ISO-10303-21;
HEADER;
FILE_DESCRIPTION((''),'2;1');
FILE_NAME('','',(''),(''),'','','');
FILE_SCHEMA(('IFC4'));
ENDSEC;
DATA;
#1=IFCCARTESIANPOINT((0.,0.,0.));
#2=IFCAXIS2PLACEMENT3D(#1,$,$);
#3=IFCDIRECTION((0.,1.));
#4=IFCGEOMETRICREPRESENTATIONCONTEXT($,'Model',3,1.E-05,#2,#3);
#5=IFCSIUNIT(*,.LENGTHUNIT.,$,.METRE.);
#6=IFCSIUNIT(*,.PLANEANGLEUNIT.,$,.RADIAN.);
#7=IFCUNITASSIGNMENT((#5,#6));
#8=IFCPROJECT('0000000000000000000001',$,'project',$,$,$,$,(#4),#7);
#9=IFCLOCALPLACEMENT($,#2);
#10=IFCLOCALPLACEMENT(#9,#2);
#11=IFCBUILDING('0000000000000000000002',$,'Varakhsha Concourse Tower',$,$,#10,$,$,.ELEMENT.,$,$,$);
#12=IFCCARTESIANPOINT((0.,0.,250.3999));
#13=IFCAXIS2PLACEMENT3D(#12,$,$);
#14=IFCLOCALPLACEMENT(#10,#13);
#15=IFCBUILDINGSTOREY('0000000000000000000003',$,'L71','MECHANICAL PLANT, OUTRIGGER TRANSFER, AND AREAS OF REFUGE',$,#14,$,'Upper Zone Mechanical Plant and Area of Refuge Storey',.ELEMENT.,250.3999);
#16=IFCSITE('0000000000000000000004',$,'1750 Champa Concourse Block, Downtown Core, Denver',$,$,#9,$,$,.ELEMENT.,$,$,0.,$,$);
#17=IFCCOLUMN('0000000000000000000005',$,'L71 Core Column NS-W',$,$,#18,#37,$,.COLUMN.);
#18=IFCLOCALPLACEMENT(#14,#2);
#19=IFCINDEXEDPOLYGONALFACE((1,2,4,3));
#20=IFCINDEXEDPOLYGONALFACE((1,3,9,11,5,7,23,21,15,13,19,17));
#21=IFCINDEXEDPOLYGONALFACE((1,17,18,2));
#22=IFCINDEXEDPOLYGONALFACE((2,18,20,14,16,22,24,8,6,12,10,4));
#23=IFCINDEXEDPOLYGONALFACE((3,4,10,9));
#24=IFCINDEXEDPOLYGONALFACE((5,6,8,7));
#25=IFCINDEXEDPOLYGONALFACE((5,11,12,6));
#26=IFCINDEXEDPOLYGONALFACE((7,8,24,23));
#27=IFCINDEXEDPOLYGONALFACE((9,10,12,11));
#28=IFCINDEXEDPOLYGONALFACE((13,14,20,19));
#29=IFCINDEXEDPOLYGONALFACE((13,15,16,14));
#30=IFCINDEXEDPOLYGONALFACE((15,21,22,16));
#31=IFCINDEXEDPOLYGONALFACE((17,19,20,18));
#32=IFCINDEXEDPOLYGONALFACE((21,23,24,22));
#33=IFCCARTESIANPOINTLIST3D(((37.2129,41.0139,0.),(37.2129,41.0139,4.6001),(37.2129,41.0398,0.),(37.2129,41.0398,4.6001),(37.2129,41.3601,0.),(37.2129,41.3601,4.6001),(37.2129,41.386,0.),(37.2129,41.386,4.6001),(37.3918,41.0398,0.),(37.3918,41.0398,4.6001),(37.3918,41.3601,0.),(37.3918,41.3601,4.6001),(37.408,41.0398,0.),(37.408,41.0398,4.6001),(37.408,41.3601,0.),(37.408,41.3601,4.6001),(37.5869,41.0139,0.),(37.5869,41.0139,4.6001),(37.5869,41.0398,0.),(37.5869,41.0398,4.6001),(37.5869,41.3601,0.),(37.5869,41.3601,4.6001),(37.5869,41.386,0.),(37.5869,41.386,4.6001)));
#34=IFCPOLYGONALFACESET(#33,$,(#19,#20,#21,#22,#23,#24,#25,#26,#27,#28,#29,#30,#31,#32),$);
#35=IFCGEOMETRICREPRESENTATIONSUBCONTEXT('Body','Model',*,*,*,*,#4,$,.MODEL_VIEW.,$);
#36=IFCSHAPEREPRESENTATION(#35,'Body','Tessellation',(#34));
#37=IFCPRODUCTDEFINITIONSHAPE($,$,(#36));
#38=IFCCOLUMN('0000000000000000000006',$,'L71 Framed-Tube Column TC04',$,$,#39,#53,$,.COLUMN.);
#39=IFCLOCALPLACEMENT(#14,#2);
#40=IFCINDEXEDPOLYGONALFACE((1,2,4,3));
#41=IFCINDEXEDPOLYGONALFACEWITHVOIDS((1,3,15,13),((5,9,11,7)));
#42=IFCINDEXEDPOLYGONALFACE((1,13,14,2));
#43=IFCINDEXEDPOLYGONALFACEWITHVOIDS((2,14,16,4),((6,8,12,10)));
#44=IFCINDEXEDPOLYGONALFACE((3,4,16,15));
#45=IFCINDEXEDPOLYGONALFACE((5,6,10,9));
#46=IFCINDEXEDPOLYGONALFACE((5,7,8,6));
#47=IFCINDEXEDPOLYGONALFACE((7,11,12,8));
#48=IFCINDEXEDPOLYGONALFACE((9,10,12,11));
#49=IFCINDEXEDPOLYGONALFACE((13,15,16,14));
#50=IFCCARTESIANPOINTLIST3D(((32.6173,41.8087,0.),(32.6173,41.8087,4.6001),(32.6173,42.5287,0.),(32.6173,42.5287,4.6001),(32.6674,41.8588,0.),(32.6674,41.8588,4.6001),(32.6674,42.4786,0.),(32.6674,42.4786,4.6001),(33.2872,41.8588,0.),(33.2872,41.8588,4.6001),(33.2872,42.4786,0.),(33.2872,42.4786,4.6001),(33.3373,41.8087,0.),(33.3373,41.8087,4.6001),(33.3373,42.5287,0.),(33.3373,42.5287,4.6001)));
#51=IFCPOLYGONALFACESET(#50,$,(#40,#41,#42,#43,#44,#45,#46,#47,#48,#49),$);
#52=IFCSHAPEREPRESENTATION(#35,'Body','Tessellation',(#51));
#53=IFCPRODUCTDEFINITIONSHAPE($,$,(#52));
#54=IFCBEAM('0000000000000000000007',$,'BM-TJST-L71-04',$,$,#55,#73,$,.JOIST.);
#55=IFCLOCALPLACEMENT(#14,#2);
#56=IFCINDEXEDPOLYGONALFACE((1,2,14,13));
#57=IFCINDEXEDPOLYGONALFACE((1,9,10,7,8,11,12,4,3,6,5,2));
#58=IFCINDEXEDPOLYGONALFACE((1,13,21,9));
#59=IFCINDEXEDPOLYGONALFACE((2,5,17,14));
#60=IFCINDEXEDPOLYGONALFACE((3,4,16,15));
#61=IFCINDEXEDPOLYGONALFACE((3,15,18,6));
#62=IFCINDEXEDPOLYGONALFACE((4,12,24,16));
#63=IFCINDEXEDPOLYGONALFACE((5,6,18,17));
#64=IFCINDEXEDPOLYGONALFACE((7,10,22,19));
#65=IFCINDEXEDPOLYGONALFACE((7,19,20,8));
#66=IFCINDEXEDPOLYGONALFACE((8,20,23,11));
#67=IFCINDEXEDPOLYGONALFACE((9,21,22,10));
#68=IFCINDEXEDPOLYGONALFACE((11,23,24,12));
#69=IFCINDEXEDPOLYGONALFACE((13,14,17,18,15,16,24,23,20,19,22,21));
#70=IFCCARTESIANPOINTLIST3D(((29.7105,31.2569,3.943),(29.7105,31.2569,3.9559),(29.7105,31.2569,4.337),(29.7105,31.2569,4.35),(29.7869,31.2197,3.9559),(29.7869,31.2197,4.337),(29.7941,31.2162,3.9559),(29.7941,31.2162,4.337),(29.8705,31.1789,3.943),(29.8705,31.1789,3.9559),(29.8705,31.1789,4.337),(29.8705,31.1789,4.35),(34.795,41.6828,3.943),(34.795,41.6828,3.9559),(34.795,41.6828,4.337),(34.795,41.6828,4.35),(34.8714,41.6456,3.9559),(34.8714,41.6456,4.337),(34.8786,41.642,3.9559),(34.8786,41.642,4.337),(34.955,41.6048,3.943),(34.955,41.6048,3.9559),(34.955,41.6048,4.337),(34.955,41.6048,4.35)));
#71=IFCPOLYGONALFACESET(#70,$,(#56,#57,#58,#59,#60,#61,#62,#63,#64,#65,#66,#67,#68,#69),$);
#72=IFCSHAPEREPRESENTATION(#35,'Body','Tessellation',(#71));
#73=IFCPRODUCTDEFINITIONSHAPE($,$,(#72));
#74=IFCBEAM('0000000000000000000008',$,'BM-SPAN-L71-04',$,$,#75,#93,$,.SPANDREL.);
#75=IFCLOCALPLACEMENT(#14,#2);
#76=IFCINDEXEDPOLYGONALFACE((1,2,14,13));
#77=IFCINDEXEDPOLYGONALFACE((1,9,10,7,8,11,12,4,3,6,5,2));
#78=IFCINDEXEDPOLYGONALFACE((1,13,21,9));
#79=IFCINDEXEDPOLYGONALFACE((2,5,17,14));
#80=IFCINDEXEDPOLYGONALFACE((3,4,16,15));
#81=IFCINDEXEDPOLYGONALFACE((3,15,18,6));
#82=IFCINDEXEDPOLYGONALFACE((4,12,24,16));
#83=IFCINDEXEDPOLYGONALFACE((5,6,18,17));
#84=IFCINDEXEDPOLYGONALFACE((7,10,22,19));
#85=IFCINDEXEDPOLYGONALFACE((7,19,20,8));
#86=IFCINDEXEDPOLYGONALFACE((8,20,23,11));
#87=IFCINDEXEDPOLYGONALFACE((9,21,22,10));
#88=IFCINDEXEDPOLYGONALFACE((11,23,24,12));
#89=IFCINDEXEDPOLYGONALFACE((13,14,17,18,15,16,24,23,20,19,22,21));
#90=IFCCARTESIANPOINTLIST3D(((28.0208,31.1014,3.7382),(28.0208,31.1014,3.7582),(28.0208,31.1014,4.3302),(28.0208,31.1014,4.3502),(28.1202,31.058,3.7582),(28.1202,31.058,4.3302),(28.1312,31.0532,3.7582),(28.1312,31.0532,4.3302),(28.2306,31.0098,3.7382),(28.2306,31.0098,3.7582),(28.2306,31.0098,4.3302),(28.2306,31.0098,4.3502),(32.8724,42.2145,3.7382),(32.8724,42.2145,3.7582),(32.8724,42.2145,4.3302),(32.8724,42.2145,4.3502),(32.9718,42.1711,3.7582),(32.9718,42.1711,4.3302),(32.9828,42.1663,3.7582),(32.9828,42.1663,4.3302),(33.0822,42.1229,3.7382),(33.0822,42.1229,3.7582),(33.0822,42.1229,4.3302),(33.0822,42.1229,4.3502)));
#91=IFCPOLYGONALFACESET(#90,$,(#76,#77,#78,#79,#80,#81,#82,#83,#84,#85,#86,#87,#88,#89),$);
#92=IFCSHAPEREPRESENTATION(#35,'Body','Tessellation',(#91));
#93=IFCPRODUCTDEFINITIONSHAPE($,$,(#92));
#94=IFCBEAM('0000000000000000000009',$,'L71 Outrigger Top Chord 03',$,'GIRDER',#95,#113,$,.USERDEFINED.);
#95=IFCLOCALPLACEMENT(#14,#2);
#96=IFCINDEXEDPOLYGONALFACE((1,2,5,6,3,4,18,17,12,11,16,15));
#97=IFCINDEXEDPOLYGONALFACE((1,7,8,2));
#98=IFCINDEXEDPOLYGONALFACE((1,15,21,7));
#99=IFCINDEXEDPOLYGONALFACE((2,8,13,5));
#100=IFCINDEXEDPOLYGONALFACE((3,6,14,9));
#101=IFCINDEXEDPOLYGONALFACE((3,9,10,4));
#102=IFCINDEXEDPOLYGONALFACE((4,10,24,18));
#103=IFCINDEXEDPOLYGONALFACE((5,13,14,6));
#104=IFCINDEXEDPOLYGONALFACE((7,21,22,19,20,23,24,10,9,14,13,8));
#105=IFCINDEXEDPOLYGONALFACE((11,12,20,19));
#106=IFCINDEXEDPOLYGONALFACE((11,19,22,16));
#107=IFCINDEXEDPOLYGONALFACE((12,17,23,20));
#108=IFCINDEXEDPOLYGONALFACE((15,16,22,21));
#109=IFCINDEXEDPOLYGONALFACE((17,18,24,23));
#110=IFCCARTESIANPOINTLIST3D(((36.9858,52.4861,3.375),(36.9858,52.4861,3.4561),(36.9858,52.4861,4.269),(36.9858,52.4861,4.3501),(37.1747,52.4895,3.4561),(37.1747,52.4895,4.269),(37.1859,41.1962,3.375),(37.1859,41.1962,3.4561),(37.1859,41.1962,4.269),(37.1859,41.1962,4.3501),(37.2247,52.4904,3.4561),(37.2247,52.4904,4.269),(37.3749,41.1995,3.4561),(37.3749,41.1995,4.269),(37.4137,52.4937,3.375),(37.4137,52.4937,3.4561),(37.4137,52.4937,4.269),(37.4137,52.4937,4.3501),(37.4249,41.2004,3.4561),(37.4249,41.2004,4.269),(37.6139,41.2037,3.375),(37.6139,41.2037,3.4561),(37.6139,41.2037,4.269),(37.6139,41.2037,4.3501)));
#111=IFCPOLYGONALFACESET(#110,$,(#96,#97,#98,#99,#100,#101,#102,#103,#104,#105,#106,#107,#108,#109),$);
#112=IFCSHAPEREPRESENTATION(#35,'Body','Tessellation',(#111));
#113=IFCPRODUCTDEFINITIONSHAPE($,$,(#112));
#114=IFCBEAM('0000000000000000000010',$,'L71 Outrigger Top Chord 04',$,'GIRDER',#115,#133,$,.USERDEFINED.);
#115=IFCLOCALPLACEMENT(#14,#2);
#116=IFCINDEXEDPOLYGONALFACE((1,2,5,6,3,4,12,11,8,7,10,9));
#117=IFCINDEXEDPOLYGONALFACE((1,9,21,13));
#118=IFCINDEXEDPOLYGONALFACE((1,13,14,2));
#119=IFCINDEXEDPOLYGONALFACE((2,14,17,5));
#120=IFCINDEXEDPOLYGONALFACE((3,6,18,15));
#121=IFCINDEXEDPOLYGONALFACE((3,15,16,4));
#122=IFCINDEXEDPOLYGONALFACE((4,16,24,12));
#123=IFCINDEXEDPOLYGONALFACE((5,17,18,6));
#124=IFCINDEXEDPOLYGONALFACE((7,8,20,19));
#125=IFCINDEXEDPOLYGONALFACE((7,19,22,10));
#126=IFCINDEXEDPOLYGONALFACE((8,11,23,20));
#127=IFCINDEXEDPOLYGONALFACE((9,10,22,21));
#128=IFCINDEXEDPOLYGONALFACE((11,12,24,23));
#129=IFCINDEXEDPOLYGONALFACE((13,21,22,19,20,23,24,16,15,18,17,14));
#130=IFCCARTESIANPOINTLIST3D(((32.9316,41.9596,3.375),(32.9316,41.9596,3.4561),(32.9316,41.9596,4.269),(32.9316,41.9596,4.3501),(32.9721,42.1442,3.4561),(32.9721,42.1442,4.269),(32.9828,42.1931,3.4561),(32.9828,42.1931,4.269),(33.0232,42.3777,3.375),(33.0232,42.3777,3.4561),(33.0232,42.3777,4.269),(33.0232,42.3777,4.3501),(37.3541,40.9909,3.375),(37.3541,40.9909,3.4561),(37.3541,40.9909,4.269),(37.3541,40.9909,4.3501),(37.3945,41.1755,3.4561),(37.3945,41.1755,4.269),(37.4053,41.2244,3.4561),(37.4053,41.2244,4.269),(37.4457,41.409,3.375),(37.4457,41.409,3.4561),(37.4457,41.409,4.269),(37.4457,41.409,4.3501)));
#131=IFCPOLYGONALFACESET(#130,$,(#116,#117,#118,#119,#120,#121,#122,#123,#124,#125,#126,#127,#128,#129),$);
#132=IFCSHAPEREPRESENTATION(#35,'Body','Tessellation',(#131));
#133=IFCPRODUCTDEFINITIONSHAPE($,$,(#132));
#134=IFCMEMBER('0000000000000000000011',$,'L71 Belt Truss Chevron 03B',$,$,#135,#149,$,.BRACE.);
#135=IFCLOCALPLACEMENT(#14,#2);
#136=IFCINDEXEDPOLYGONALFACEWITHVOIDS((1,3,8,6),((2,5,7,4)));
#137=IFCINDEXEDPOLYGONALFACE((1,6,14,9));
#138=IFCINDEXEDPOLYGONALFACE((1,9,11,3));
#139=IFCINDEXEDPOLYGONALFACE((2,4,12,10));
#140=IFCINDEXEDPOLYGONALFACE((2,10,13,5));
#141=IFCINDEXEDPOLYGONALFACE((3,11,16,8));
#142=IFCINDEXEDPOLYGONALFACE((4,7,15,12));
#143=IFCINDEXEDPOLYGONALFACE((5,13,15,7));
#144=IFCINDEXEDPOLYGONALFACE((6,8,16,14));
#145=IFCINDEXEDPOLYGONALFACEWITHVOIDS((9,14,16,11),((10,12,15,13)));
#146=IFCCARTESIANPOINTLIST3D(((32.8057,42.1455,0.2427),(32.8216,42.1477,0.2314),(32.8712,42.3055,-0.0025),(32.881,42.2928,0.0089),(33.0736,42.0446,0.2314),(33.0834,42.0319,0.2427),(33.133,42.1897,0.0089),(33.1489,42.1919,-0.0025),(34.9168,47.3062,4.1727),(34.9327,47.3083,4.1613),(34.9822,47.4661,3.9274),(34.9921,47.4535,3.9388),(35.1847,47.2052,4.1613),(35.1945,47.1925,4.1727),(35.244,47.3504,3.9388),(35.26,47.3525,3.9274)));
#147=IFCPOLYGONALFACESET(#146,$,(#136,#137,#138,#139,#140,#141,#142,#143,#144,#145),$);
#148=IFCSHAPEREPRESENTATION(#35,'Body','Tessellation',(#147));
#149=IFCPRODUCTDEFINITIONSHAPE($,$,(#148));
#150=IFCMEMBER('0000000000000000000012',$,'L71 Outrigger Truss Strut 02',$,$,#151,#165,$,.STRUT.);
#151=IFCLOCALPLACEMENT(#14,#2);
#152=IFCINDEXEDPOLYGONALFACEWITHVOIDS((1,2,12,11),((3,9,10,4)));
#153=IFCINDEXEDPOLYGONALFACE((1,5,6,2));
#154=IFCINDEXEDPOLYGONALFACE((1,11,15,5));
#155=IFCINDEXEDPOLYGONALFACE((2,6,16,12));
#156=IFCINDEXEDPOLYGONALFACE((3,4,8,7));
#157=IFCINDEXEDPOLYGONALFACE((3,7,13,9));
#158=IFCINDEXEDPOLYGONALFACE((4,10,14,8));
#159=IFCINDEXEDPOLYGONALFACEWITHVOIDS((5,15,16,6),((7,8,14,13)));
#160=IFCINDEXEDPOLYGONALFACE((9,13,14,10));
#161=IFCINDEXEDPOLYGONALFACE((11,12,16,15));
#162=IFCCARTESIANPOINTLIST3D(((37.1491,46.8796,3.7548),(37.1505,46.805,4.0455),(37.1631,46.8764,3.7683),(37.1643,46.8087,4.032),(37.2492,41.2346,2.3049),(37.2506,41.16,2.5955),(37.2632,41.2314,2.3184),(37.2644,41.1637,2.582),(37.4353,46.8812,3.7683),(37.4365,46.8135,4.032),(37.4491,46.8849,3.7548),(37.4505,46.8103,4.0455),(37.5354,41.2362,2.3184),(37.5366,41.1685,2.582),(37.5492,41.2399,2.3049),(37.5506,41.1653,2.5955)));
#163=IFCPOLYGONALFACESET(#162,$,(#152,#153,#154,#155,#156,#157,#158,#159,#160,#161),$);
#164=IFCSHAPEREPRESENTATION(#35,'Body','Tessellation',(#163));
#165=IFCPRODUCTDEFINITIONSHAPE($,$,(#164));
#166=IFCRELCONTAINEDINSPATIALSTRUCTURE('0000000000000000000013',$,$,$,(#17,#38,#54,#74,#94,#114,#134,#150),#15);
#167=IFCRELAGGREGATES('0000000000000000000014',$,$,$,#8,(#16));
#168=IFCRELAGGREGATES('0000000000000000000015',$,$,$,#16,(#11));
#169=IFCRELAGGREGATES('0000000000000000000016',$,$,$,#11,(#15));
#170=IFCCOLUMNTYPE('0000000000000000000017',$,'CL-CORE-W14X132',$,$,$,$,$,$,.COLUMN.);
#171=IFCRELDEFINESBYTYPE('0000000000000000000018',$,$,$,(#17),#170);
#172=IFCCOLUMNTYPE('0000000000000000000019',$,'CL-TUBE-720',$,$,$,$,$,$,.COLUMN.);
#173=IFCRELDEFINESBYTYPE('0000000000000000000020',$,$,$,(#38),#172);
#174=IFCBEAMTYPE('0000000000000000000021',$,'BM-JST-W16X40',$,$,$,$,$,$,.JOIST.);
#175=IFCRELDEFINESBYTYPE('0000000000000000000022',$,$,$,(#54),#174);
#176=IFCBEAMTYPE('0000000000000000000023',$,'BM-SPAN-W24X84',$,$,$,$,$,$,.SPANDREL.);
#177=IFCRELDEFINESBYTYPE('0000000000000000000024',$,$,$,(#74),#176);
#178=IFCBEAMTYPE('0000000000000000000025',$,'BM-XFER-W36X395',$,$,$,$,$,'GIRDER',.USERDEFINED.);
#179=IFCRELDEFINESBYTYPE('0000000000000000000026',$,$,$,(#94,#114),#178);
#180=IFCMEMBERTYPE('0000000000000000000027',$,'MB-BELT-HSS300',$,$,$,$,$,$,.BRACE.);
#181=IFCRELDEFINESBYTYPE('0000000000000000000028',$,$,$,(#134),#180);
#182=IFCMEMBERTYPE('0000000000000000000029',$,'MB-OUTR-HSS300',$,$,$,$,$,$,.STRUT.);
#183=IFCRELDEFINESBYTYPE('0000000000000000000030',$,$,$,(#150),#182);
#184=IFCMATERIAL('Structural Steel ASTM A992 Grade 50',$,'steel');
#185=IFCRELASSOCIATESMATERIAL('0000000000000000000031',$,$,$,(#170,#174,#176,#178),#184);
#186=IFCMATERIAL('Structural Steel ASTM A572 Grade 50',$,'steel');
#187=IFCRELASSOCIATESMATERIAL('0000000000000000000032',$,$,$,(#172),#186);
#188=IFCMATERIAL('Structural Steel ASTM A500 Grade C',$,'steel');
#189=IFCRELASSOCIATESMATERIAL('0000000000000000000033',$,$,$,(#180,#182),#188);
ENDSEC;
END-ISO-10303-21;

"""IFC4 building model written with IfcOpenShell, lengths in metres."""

from ifc_helpers import new_model, si_unit, direction, frame, origin, origin_2d, place, context, subcontext, project, spatial, hollow_rectangle, i_section, extrude, source, transform, mapped, material, material_profile, profile_set, type_object, type_shapes, element, save


model = new_model("IFC4")

# Units and contexts
model_context = context("Model", 3, precision=1e-05, world=origin(), true_north=direction((0.0, 1.0)))
body_context = subcontext(model_context, "Body", "Model", "MODEL_VIEW")
ifc_project = project(units=[si_unit("LENGTHUNIT", "METRE"), si_unit("PLANEANGLEUNIT", "RADIAN")], contexts=[model_context])

# Site, building, storey
site_placement = place(None, origin())
site = spatial("IfcSite", under=ifc_project, at=site_placement, Name="1750 Champa Concourse Block, Downtown Core, Denver", CompositionType="ELEMENT", RefElevation=0.0)
building_placement = place(site_placement, origin())
building = spatial("IfcBuilding", under=site, at=building_placement, Name="Varakhsha Concourse Tower", CompositionType="ELEMENT")
storey_placement = place(building_placement, frame((0.0, 0.0, 250.3999)))
storey = spatial("IfcBuildingStorey", under=building, at=storey_placement, Name="L71", Description="MECHANICAL PLANT, OUTRIGGER TRANSFER, AND AREAS OF REFUGE", LongName="Upper Zone Mechanical Plant and Area of Refuge Storey", CompositionType="ELEMENT", Elevation=250.3999)

# Columns
ifc_material_1 = material(Name="Structural Steel ASTM A992 Grade 50", Category="steel")
ifc_material_profile_1 = material_profile(ifc_material_1, i_section(OverallWidth=0.374, OverallDepth=0.3721, WebThickness=0.0161, FlangeThickness=0.0259, at=origin_2d()), Name="W14X132")
ifc_profile_set_1 = profile_set([ifc_material_profile_1], Name="Structural Steel ASTM A992 Grade 50")
column_type_1 = type_object("IfcColumnType", Name="CL-CORE-W14X132", PredefinedType="COLUMN", material=ifc_profile_set_1)
column_1_placement = place(storey_placement, frame((37.3999, 41.2, 0.0), z_axis=(0.0, 0.0, 1.0), x_axis=(1.0, 0.0, 0.0)))
element("IfcColumn", 1, at=column_1_placement, inside=storey, type_object=column_type_1, Name="L71 Core Column NS-W", PredefinedType="COLUMN", context=body_context, shape_type="SweptSolid", body=[
    extrude(i_section(OverallWidth=0.374, OverallDepth=0.3721, WebThickness=0.0161, FlangeThickness=0.0259, at=origin_2d()), origin(), (0.0, 0.0, 1.0), 4.6001),
])
ifc_material_2 = material(Name="Structural Steel ASTM A572 Grade 50", Category="steel")
ifc_material_profile_2 = material_profile(ifc_material_2, hollow_rectangle(XDim=0.72, YDim=0.72, WallThickness=0.05, at=origin_2d()), Name="BOX 720x720x50")
ifc_profile_set_2 = profile_set([ifc_material_profile_2], Name="Structural Steel ASTM A572 Grade 50")
column_type_2 = type_object("IfcColumnType", Name="CL-TUBE-720", PredefinedType="COLUMN", material=ifc_profile_set_2)
column_2_placement = place(storey_placement, frame((32.9773, 42.1687, 0.0), z_axis=(0.0, 0.0, 1.0), x_axis=(1.0, 0.0, 0.0)))
element("IfcColumn", 2, at=column_2_placement, inside=storey, type_object=column_type_2, Name="L71 Framed-Tube Column TC04", PredefinedType="COLUMN", context=body_context, shape_type="SweptSolid", body=[
    extrude(hollow_rectangle(XDim=0.72, YDim=0.72, WallThickness=0.05, at=origin_2d()), origin(), (0.0, 0.0, 1.0), 4.6001),
])

# Beams
ifc_material_profile_3 = material_profile(ifc_material_1, i_section(OverallWidth=0.178, OverallDepth=0.407, WebThickness=0.0081, FlangeThickness=0.0129, at=origin_2d()), Name="W16X40")
ifc_profile_set_3 = profile_set([ifc_material_profile_3], Name="Structural Steel ASTM A992 Grade 50")
beam_type_1 = type_object("IfcBeamType", Name="BM-JST-W16X40", PredefinedType="JOIST", material=ifc_profile_set_3)
beam_1_placement = place(storey_placement, frame((34.875, 41.6438, 4.1465), z_axis=(-0.438335, -0.898812, 0.0), x_axis=(0.898812, -0.438335, 0.0)))
element("IfcBeam", 3, at=beam_1_placement, inside=storey, type_object=beam_type_1, Name="BM-TJST-L71-04", PredefinedType="JOIST", context=body_context, shape_type="SweptSolid", body=[
    extrude(i_section(OverallWidth=0.178, OverallDepth=0.407, WebThickness=0.0081, FlangeThickness=0.0129, at=origin_2d()), origin(), (0.0, 0.0, 1.0), 11.5996),
])
ifc_material_profile_4 = material_profile(ifc_material_1, i_section(OverallWidth=0.229, OverallDepth=0.6121, WebThickness=0.012, FlangeThickness=0.02, at=origin_2d()), Name="W24X84")
ifc_profile_set_4 = profile_set([ifc_material_profile_4], Name="Structural Steel ASTM A992 Grade 50")
beam_type_2 = type_object("IfcBeamType", Name="BM-SPAN-W24X84", PredefinedType="SPANDREL", material=ifc_profile_set_4)
beam_2_placement = place(storey_placement, frame((32.9773, 42.1687, 4.0442), z_axis=(-0.400099, -0.916472, 0.0), x_axis=(0.916472, -0.400099, 0.0)))
element("IfcBeam", 4, at=beam_2_placement, inside=storey, type_object=beam_type_2, Name="BM-SPAN-L71-04", PredefinedType="SPANDREL", context=body_context, shape_type="SweptSolid", body=[
    extrude(i_section(OverallWidth=0.229, OverallDepth=0.6121, WebThickness=0.012, FlangeThickness=0.02, at=origin_2d()), origin(), (0.0, 0.0, 1.0), 12.126),
])
ifc_material_profile_5 = material_profile(ifc_material_1, i_section(OverallWidth=0.428, OverallDepth=0.9751, WebThickness=0.05, FlangeThickness=0.0811, at=origin_2d()), Name="W36X395")
ifc_profile_set_5 = profile_set([ifc_material_profile_5], Name="Structural Steel ASTM A992 Grade 50")
beam_type_3 = type_object("IfcBeamType", Name="BM-XFER-W36X395", ElementType="GIRDER", PredefinedType="USERDEFINED", material=ifc_profile_set_5)
beam_3_placement = place(storey_placement, frame((37.3999, 41.2, 3.8625), z_axis=(-0.017729, 0.999843, 0.0), x_axis=(-0.999843, -0.017729, 0.0)))
element("IfcBeam", 5, at=beam_3_placement, inside=storey, type_object=beam_type_3, Name="L71 Outrigger Top Chord 03", ObjectType="GIRDER", PredefinedType="USERDEFINED", context=body_context, shape_type="SweptSolid", body=[
    extrude(i_section(OverallWidth=0.428, OverallDepth=0.9751, WebThickness=0.05, FlangeThickness=0.0811, at=origin_2d()), origin(), (0.0, 0.0, 1.0), 11.2917),
])
beam_4_placement = place(storey_placement, frame((37.3999, 41.2, 3.8625), z_axis=(-0.97684, 0.213972, 0.0), x_axis=(-0.213972, -0.97684, 0.0)))
element("IfcBeam", 6, at=beam_4_placement, inside=storey, type_object=beam_type_3, Name="L71 Outrigger Top Chord 04", ObjectType="GIRDER", PredefinedType="USERDEFINED", context=body_context, shape_type="SweptSolid", body=[
    extrude(i_section(OverallWidth=0.428, OverallDepth=0.9751, WebThickness=0.05, FlangeThickness=0.0811, at=origin_2d()), origin(), (0.0, 0.0, 1.0), 4.5273),
])

# Members
ifc_material_3 = material(Name="Structural Steel ASTM A500 Grade C", Category="steel")
ifc_material_profile_6 = material_profile(ifc_material_3, hollow_rectangle(XDim=0.3, YDim=0.3, WallThickness=0.0139, at=origin_2d()), Name="HSS 300x300x14")
ifc_profile_set_6 = profile_set([ifc_material_profile_6], Name="Structural Steel ASTM A500 Grade C")
member_type_1 = type_object("IfcMemberType", Name="MB-BELT-HSS300", PredefinedType="BRACE", material=ifc_profile_set_6)
shared_shape_1 = source(origin(), body_context, "Body", "SweptSolid", [
    extrude(hollow_rectangle(XDim=0.3, YDim=0.3, WallThickness=0.0139, at=origin_2d()), origin(), (0.0, 0.0, 1.0), 6.8215),
])
type_shapes(member_type_1, [shared_shape_1])
member_1_placement = place(storey_placement, frame((32.9773, 42.1687, 0.1201), z_axis=(0.309474, 0.756523, 0.576107), x_axis=(-0.925553, 0.378619, 0.0)))
element("IfcMember", 7, at=member_1_placement, inside=storey, type_object=member_type_1, Name="L71 Belt Truss Chevron 03B", PredefinedType="BRACE", context=body_context, shape_type="MappedRepresentation", body=[
    mapped(shared_shape_1, transform((0.0, 0.0, 0.0), scale=1.0)),
])
ifc_material_profile_7 = material_profile(ifc_material_3, hollow_rectangle(XDim=0.3, YDim=0.3, WallThickness=0.0139, at=origin_2d()), Name="HSS 300x300x14")
ifc_profile_set_7 = profile_set([ifc_material_profile_7], Name="Structural Steel ASTM A500 Grade C")
member_type_2 = type_object("IfcMemberType", Name="MB-OUTR-HSS300", PredefinedType="STRUT", material=ifc_profile_set_7)
shared_shape_2 = source(origin(), body_context, "Body", "SweptSolid", [
    extrude(hollow_rectangle(XDim=0.3, YDim=0.3, WallThickness=0.0139, at=origin_2d()), origin(), (0.0, 0.0, 1.0), 5.8291),
])
type_shapes(member_type_2, [shared_shape_2])
member_2_placement = place(storey_placement, frame((37.3999, 41.2, 2.4502), z_axis=(-0.017172, 0.968417, 0.248743), x_axis=(-0.999843, -0.017729, 0.0)))
element("IfcMember", 8, at=member_2_placement, inside=storey, type_object=member_type_2, Name="L71 Outrigger Truss Strut 02", PredefinedType="STRUT", context=body_context, shape_type="MappedRepresentation", body=[
    mapped(shared_shape_2, transform((0.0, 0.0, 0.0), scale=1.0)),
])

save(model, "model.ifc")
